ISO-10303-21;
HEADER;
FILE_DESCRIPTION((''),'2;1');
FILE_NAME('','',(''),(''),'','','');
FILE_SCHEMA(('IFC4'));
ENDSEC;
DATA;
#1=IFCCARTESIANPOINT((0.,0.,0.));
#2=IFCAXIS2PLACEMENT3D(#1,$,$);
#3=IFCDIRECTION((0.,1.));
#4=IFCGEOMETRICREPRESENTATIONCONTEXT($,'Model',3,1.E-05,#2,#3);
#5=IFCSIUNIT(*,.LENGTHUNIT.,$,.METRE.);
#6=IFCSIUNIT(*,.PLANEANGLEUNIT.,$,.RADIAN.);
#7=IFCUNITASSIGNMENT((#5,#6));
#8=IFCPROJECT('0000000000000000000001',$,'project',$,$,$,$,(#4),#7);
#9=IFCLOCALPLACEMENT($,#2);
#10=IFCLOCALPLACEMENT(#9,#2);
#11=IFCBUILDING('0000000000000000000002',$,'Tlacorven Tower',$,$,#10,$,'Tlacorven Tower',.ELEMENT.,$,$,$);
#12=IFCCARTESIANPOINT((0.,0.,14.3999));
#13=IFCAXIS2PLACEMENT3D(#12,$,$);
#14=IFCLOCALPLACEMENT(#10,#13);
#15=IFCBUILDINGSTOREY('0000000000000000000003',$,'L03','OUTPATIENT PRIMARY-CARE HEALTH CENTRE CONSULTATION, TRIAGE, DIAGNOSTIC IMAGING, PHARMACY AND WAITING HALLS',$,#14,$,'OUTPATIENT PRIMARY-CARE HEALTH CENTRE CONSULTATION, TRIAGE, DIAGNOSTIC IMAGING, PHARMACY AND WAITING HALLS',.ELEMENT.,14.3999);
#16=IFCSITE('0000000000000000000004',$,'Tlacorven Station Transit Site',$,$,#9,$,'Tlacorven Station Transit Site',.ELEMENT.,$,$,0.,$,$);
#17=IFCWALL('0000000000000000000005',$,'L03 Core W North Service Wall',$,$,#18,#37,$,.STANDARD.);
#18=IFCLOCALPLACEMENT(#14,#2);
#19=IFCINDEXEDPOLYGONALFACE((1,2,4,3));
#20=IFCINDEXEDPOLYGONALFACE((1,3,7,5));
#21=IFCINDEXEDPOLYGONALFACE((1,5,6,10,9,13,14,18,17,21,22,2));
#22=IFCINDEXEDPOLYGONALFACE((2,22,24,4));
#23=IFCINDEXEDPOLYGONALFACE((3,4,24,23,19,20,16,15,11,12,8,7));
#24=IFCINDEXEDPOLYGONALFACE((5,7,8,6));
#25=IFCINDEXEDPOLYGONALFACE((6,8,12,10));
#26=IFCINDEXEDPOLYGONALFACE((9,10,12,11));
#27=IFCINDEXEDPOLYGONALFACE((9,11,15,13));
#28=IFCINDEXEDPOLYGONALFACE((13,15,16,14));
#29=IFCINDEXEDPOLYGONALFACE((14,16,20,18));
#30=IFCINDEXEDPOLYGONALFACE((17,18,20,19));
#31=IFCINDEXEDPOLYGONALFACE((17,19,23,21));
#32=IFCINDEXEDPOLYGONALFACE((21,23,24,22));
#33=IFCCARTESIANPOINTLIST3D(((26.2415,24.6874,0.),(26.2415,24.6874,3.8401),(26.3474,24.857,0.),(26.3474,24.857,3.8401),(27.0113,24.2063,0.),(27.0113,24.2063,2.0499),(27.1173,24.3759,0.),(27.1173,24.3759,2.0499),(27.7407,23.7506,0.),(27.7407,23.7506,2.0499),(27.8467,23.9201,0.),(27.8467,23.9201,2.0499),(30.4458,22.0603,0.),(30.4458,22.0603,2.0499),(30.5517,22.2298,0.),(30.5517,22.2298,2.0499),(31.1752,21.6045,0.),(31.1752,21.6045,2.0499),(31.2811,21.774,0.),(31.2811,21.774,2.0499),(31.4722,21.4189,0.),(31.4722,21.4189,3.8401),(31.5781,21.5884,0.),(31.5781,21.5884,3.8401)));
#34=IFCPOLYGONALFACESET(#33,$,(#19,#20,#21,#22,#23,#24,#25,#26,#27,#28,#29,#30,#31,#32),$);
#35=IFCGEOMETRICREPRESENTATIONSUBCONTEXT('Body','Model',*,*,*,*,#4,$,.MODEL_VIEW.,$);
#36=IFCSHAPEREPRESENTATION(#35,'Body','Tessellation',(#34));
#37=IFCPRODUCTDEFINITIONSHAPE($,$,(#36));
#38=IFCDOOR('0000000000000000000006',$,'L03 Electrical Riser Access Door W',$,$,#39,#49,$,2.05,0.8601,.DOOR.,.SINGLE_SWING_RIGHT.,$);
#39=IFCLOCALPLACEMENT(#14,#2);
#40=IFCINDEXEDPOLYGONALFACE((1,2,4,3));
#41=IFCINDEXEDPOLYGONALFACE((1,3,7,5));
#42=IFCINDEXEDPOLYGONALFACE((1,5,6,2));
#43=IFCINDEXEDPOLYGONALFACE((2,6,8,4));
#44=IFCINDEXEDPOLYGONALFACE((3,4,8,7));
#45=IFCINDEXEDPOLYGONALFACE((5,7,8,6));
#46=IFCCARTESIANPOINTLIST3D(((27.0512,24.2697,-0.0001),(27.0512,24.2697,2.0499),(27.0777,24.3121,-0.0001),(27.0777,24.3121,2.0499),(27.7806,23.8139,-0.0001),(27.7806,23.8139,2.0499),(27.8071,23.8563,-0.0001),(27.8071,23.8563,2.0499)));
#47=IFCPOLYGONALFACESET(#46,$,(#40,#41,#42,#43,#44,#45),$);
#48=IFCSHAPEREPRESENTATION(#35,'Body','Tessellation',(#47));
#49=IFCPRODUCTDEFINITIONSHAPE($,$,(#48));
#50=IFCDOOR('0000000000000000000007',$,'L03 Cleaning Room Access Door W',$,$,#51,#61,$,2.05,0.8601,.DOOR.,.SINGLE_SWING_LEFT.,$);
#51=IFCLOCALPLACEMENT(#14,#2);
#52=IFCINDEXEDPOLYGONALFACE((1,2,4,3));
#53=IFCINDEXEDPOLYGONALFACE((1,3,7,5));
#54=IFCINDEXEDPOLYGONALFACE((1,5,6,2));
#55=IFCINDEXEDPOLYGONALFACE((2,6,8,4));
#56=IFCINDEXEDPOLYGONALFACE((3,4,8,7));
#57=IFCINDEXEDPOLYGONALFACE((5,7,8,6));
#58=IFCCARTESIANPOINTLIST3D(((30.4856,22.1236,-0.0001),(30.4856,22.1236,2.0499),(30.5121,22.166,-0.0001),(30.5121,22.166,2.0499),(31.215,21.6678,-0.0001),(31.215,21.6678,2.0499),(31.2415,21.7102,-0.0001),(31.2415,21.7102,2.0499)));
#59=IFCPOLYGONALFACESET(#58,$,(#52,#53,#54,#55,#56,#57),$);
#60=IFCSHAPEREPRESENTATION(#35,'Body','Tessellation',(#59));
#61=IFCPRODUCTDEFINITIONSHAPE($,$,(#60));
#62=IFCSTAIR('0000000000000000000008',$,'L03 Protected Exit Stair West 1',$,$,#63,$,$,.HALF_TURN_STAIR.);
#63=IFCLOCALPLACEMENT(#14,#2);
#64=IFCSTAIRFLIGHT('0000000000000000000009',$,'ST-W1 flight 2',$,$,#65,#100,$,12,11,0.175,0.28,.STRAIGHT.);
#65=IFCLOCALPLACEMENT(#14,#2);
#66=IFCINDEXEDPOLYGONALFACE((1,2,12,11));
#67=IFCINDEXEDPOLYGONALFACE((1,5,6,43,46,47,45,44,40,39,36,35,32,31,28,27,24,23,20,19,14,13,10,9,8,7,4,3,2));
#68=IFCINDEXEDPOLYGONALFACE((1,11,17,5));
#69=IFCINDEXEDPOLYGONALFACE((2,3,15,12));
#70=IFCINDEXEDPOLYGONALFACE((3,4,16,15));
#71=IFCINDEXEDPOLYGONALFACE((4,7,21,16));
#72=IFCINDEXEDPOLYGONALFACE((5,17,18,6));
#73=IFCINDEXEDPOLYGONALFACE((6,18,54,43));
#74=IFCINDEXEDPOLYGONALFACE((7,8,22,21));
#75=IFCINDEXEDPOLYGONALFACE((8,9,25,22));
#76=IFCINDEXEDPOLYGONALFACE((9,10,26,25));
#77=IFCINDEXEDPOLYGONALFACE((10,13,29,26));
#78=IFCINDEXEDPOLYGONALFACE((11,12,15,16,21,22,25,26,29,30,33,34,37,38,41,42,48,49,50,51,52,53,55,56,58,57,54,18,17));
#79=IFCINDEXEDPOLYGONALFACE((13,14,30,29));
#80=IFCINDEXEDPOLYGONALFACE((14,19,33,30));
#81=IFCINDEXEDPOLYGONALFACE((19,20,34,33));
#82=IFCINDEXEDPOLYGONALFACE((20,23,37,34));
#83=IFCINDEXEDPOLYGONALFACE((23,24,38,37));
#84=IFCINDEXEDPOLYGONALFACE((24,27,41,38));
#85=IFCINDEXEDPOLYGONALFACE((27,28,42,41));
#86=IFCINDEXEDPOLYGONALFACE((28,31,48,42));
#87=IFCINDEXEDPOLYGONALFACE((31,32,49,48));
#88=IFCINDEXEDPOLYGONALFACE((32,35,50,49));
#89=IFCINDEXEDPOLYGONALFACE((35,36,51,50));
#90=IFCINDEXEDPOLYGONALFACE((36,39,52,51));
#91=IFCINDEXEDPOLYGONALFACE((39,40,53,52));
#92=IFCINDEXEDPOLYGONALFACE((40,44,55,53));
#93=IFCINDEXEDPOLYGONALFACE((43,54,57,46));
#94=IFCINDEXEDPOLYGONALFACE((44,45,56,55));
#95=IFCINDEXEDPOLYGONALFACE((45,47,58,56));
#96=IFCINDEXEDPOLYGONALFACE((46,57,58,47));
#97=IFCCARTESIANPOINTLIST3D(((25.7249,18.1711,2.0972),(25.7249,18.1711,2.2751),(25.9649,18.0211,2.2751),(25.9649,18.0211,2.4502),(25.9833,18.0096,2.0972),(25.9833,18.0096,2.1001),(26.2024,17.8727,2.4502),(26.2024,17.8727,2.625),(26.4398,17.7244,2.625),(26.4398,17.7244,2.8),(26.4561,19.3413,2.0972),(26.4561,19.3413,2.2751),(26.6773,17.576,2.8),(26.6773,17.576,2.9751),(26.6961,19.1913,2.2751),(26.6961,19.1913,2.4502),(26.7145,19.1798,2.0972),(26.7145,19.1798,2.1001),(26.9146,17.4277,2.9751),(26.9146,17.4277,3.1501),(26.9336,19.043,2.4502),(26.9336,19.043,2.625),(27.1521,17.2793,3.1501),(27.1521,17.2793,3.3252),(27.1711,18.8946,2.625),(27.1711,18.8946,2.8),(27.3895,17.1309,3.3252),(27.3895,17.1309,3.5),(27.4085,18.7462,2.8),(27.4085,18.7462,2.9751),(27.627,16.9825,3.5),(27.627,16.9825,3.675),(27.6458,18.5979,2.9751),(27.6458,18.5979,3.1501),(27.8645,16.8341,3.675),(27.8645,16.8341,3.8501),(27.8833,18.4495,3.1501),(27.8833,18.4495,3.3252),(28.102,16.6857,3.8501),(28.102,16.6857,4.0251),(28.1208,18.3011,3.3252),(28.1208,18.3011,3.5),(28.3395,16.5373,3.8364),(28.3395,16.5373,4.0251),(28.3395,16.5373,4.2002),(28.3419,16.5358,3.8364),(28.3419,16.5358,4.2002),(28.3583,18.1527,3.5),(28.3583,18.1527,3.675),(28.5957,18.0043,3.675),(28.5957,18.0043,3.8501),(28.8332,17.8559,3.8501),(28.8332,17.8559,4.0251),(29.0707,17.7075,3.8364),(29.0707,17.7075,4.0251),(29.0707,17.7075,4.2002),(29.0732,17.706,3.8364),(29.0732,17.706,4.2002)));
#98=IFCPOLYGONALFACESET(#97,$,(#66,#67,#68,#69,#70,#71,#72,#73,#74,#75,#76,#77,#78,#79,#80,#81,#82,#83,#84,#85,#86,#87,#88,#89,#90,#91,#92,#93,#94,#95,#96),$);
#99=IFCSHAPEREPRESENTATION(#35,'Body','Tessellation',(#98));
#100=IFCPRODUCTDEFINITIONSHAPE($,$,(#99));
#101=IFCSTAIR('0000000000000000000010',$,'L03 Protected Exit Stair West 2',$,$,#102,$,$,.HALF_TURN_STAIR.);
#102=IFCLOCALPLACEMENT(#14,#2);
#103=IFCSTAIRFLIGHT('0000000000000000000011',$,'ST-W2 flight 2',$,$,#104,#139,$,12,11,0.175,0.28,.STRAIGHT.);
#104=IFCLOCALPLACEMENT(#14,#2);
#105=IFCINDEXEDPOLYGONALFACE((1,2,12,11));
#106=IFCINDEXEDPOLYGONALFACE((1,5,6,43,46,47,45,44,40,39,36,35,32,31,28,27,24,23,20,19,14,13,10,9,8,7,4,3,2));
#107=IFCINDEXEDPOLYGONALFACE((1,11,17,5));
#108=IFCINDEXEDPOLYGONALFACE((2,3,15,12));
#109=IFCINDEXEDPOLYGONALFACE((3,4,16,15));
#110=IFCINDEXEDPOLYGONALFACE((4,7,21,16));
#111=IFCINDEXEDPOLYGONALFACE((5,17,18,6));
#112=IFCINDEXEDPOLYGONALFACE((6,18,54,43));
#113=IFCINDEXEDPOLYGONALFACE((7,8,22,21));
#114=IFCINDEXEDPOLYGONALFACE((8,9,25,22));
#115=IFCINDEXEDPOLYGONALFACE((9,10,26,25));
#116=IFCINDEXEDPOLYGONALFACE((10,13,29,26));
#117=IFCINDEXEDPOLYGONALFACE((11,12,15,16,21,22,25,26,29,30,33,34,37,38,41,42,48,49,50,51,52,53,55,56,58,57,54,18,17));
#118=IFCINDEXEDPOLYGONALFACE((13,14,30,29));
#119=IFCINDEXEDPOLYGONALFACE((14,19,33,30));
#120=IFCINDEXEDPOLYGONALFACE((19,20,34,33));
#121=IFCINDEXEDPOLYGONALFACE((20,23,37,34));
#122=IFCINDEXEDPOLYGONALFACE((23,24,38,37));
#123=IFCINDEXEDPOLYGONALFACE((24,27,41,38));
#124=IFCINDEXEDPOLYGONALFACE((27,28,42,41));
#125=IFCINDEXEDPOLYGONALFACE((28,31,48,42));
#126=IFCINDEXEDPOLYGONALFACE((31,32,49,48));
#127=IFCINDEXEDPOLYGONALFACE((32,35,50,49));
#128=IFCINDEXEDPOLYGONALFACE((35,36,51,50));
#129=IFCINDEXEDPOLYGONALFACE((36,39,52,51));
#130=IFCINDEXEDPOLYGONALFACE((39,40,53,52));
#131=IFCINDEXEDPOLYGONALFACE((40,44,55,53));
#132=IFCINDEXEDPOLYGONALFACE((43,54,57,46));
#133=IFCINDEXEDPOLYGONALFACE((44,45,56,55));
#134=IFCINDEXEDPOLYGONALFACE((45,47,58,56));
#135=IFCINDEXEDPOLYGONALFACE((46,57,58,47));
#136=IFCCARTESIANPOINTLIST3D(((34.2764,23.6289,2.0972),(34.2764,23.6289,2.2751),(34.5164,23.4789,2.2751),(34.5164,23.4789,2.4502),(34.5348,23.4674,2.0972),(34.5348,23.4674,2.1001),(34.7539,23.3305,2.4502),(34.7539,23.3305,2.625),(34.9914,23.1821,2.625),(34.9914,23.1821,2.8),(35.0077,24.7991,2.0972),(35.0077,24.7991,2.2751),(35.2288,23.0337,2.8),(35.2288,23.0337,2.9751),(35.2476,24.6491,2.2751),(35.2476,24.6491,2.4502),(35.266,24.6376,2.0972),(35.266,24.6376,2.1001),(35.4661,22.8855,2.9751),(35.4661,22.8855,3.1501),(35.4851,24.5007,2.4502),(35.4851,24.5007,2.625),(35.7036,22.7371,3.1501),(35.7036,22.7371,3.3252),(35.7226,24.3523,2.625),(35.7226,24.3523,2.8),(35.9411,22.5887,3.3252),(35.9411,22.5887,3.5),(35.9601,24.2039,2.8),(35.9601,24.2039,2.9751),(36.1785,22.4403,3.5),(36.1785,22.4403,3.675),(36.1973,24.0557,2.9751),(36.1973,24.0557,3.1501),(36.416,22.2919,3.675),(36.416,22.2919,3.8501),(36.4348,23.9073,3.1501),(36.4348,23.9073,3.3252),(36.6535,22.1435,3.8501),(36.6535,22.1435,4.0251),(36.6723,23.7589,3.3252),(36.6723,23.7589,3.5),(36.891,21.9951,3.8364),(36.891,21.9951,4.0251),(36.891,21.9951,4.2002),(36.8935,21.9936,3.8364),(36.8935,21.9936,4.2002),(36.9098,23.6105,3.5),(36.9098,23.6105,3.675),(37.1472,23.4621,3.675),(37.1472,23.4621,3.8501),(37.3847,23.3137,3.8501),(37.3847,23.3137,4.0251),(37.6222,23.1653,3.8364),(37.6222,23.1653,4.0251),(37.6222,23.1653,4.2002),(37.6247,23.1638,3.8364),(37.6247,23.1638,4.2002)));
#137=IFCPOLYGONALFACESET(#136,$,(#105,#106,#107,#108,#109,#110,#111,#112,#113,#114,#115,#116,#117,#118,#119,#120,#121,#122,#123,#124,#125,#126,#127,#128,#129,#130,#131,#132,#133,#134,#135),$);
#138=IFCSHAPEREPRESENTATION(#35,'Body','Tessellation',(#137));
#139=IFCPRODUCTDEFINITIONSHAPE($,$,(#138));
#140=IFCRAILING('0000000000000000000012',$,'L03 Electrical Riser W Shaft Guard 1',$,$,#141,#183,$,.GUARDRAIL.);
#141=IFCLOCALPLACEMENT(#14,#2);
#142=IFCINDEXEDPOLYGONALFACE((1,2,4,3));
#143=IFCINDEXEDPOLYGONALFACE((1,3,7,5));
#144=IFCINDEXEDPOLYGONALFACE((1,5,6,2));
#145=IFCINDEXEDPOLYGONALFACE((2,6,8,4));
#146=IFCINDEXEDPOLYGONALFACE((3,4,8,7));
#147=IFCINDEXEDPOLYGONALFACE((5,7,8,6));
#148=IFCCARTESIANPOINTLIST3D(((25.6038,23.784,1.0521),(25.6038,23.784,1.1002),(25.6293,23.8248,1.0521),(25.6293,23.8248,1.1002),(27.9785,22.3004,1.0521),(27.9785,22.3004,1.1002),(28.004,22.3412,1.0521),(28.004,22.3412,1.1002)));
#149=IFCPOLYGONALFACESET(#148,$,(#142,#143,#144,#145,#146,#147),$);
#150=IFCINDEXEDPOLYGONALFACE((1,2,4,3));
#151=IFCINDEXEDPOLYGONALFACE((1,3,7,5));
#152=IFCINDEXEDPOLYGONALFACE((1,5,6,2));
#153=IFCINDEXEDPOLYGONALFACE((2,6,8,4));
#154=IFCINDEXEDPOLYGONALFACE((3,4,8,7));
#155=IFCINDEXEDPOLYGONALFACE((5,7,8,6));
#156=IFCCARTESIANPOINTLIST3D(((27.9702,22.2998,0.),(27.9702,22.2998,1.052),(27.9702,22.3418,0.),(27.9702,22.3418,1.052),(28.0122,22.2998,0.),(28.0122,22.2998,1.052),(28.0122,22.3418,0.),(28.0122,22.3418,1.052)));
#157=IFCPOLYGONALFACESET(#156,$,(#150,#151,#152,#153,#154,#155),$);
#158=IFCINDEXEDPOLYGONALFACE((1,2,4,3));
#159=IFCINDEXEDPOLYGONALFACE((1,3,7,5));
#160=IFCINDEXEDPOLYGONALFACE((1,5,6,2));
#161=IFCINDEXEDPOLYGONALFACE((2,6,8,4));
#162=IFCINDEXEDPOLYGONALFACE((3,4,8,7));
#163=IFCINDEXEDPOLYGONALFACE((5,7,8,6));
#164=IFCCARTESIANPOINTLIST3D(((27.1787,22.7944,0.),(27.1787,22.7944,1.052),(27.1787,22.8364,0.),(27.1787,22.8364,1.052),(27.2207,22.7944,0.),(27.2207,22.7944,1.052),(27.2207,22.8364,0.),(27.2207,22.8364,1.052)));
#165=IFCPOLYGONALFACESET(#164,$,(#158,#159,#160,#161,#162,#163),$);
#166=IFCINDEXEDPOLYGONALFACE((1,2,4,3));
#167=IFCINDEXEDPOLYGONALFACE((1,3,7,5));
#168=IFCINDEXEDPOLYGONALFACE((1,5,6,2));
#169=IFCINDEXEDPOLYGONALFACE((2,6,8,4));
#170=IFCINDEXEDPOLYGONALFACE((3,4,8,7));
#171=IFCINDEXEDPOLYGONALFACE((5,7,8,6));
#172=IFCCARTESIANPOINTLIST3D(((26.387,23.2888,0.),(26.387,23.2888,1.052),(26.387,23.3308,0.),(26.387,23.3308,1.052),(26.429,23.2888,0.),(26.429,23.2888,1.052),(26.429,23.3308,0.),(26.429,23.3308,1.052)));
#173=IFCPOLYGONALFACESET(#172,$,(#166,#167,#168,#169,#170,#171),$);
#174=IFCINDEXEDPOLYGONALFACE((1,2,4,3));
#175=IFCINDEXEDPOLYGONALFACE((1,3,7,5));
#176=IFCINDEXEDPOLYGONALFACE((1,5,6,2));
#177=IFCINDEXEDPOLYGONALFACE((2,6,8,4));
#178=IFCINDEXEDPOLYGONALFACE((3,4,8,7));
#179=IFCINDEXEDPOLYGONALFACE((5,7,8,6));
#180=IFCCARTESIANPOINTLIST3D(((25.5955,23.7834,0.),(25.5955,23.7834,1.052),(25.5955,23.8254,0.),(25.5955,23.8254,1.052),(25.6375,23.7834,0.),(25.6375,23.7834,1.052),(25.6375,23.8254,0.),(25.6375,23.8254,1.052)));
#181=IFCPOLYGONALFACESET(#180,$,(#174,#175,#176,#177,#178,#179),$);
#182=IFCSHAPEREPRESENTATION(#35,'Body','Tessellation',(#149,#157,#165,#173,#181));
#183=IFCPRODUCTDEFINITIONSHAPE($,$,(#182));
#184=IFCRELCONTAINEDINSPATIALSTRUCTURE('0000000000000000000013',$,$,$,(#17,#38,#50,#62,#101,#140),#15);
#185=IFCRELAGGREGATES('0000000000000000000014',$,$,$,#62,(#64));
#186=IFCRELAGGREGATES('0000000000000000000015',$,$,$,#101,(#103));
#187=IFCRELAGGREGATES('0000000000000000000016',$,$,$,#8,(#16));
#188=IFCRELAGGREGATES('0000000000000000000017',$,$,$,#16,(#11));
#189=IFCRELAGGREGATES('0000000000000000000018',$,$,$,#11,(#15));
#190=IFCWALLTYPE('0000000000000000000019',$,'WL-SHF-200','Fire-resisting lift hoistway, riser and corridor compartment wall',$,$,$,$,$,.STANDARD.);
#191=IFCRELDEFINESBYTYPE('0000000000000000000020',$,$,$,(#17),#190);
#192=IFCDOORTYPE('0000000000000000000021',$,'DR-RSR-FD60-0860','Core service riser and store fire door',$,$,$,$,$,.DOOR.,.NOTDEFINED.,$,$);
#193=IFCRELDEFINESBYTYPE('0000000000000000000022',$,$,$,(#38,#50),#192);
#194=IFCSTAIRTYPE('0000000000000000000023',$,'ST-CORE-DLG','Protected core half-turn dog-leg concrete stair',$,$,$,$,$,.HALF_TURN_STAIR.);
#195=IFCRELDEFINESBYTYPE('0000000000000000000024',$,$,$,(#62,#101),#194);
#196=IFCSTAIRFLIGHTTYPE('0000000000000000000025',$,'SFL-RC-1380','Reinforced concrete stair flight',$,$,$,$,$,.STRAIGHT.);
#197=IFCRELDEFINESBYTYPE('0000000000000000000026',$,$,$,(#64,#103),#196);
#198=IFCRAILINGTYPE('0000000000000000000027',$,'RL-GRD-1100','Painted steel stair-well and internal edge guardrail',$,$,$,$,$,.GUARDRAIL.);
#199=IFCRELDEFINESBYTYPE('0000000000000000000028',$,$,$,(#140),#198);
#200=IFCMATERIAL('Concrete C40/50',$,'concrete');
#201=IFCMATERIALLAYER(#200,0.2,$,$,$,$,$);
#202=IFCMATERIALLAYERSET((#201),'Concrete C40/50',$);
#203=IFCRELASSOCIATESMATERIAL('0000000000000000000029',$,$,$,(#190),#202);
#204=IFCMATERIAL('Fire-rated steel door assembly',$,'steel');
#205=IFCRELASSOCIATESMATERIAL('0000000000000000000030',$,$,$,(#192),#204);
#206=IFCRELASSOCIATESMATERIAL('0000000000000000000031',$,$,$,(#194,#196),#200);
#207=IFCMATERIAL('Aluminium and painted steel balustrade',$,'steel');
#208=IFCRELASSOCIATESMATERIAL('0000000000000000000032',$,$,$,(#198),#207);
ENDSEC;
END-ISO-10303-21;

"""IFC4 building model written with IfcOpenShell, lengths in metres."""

from ifc_helpers import new_model, si_unit, direction, frame, frame_2d, origin, origin_2d, place, context, subcontext, project, spatial, polyline, rectangle, outline, extrude, source, transform, mapped, material, layer, layer_set, type_object, element, fill, aggregate, save


model = new_model("IFC4")

# Units and contexts
model_context = context("Model", 3, precision=1e-05, world=origin(), true_north=direction((0.0, 1.0)))
body_context = subcontext(model_context, "Body", "Model", "MODEL_VIEW")
ifc_project = project(units=[si_unit("LENGTHUNIT", "METRE"), si_unit("PLANEANGLEUNIT", "RADIAN")], contexts=[model_context])

# Site, building, storey
site_placement = place(None, origin())
site = spatial("IfcSite", under=ifc_project, at=site_placement, Name="Tlacorven Station Transit Site", LongName="Tlacorven Station Transit Site", CompositionType="ELEMENT", RefElevation=0.0)
building_placement = place(site_placement, origin())
building = spatial("IfcBuilding", under=site, at=building_placement, Name="Tlacorven Tower", LongName="Tlacorven Tower", CompositionType="ELEMENT")
storey_placement = place(building_placement, frame((0.0, 0.0, 14.3999)))
storey = spatial("IfcBuildingStorey", under=building, at=storey_placement, Name="L03", Description="OUTPATIENT PRIMARY-CARE HEALTH CENTRE CONSULTATION, TRIAGE, DIAGNOSTIC IMAGING, PHARMACY AND WAITING HALLS", LongName="OUTPATIENT PRIMARY-CARE HEALTH CENTRE CONSULTATION, TRIAGE, DIAGNOSTIC IMAGING, PHARMACY AND WAITING HALLS", CompositionType="ELEMENT", Elevation=14.3999)

# Shared definitions
ifc_material_1 = material(Name="Concrete C40/50", Category="concrete")
ifc_layer_1 = layer(ifc_material_1, 0.2)
ifc_layer_set_1 = layer_set([ifc_layer_1], Name="Concrete C40/50")
wall_type_1 = type_object("IfcWallType", Name="WL-SHF-200", Description="Fire-resisting lift hoistway, riser and corridor compartment wall", PredefinedType="STANDARD", material=ifc_layer_set_1)

# Wall, openings, doors
wall_1_placement = place(storey_placement, frame((31.5251, 21.5037, 0.0), z_axis=(0.0, 0.0, 1.0), x_axis=(-0.848045, 0.529924, 0.0)))
wall_1 = element("IfcWall", 1, at=wall_1_placement, inside=storey, type_object=wall_type_1, Name="L03 Core W North Service Wall", PredefinedType="STANDARD", context=body_context, shape_type="SweptSolid", body=[
    extrude(rectangle(XDim=6.168, YDim=0.2, at=frame_2d((3.084, 0.0))), origin(), (0.0, 0.0, 1.0), 3.8401),
])
opening_1_placement = place(wall_1_placement, frame((4.3999, 0.0, 0.0)))
opening_1 = element("IfcOpeningElement", 2, at=opening_1_placement, cuts=wall_1, PredefinedType="OPENING", context=body_context, shape_type="SweptSolid", body=[
    extrude(rectangle(XDim=0.8601, YDim=2.05, at=frame_2d((0.4302, 1.0249))), frame((0.0, 0.1099, 0.0), z_axis=(0.0, -1.0, 0.0), x_axis=(1.0, 0.0, 0.0)), (0.0, 0.0, 1.0), 0.22),
])
opening_2_placement = place(wall_1_placement, frame((0.3501, 0.0, 0.0)))
opening_2 = element("IfcOpeningElement", 3, at=opening_2_placement, cuts=wall_1, PredefinedType="OPENING", context=body_context, shape_type="SweptSolid", body=[
    extrude(rectangle(XDim=0.8601, YDim=2.05, at=frame_2d((0.4302, 1.0249))), frame((0.0, 0.1099, 0.0), z_axis=(0.0, -1.0, 0.0), x_axis=(1.0, 0.0, 0.0)), (0.0, 0.0, 1.0), 0.22),
])
ifc_material_2 = material(Name="Fire-rated steel door assembly", Category="steel")
door_type_1 = type_object("IfcDoorType", Name="DR-RSR-FD60-0860", Description="Core service riser and store fire door", OperationType="NOTDEFINED", PredefinedType="DOOR", material=ifc_material_2)
shared_shape_1 = source(origin(), body_context, "Body", "SweptSolid", [
    extrude(rectangle(XDim=0.8601, YDim=2.05, at=frame_2d((0.4302, 1.0249))), frame((0.0, 0.0249, 0.0), z_axis=(0.0, -1.0, 0.0), x_axis=(1.0, 0.0, 0.0)), (0.0, 0.0, 1.0), 0.05),
])
door_1_placement = place(opening_1_placement, frame((0.8601, 0.0, 0.0), z_axis=(0.0, 0.0, 1.0), x_axis=(-1.0, 0.0, 0.0)))
door_1 = element("IfcDoor", 4, at=door_1_placement, inside=storey, type_object=door_type_1, Name="L03 Electrical Riser Access Door W", OperationType="SINGLE_SWING_RIGHT", OverallHeight=2.05, OverallWidth=0.8601, PredefinedType="DOOR", context=body_context, shape_type="MappedRepresentation", body=[
    mapped(shared_shape_1, transform((0.0, 0.0, 0.0), scale=1.0)),
])
fill(opening_1, door_1)
door_2_placement = place(opening_2_placement, frame((0.8601, 0.0, 0.0), z_axis=(0.0, 0.0, 1.0), x_axis=(-1.0, 0.0, 0.0)))
door_2 = element("IfcDoor", 5, at=door_2_placement, inside=storey, type_object=door_type_1, Name="L03 Cleaning Room Access Door W", OperationType="SINGLE_SWING_LEFT", OverallHeight=2.05, OverallWidth=0.8601, PredefinedType="DOOR", context=body_context, shape_type="MappedRepresentation", body=[
    mapped(shared_shape_1, transform((0.0, 0.0, 0.0), scale=1.0)),
])
fill(opening_2, door_2)

# Stairs, stair flights
stair_type = type_object("IfcStairType", Name="ST-CORE-DLG", Description="Protected core half-turn dog-leg concrete stair", PredefinedType="HALF_TURN_STAIR", material=ifc_material_1)
stair_1_placement = place(storey_placement, origin())
stair_1 = element("IfcStair", 6, at=stair_1_placement, inside=storey, type_object=stair_type, Name="L03 Protected Exit Stair West 1", PredefinedType="HALF_TURN_STAIR")
stair_flight_type = type_object("IfcStairFlightType", Name="SFL-RC-1380", Description="Reinforced concrete stair flight", PredefinedType="STRAIGHT", material=ifc_material_1)
shared_shape_2 = source(origin(), body_context, "Body", "SweptSolid", [
    extrude(outline(polyline([(-0.0029, -0.0029), (-0.0029, 0.175), (0.28, 0.175), (0.28, 0.3501), (0.5601, 0.3501), (0.5601, 0.5249), (0.8401, 0.5249), (0.8401, 0.7), (1.1201, 0.7), (1.1201, 0.875), (1.3999, 0.875), (1.3999, 1.05), (1.6799, 1.05), (1.6799, 1.2251), (1.96, 1.2251), (1.96, 1.3999), (2.24, 1.3999), (2.24, 1.575), (2.52, 1.575), (2.52, 1.75), (2.8, 1.75), (2.8, 1.925), (3.0801, 1.925), (3.0801, 2.1001), (3.083, 2.1001), (3.083, 1.7363), (3.0801, 1.7363), (0.3018, 0.0), (0.3018, -0.0029), (-0.0029, -0.0029)])), frame((0.0, 0.6899, 0.0), z_axis=(0.0, -1.0, 0.0), x_axis=(1.0, 0.0, 0.0)), (0.0, 0.0, 1.0), 1.3799),
])
stair_flight_1_placement = place(storey_placement, frame((26.093, 18.7546, 2.1001), z_axis=(0.0, 0.0, 1.0), x_axis=(0.848048, -0.529919, 0.0)))
stair_flight_1 = element("IfcStairFlight", 7, at=stair_flight_1_placement, type_object=stair_flight_type, Name="ST-W1 flight 2", NumberOfRisers=12, NumberOfTreads=11, PredefinedType="STRAIGHT", RiserHeight=0.175, TreadLength=0.28, context=body_context, shape_type="MappedRepresentation", body=[
    mapped(shared_shape_2, transform((0.0, 0.0, 0.0), scale=1.0)),
])
aggregate(stair_1, [stair_flight_1])
stair_2_placement = place(storey_placement, origin())
stair_2 = element("IfcStair", 8, at=stair_2_placement, inside=storey, type_object=stair_type, Name="L03 Protected Exit Stair West 2", PredefinedType="HALF_TURN_STAIR")
stair_flight_2_placement = place(storey_placement, frame((34.6445, 24.2124, 2.1001), z_axis=(0.0, 0.0, 1.0), x_axis=(0.848048, -0.529919, 0.0)))
stair_flight_2 = element("IfcStairFlight", 9, at=stair_flight_2_placement, type_object=stair_flight_type, Name="ST-W2 flight 2", NumberOfRisers=12, NumberOfTreads=11, PredefinedType="STRAIGHT", RiserHeight=0.175, TreadLength=0.28, context=body_context, shape_type="MappedRepresentation", body=[
    mapped(shared_shape_2, transform((0.0, 0.0, 0.0), scale=1.0)),
])
aggregate(stair_2, [stair_flight_2])

# Railing
ifc_material_3 = material(Name="Aluminium and painted steel balustrade", Category="steel")
railing_type_1 = type_object("IfcRailingType", Name="RL-GRD-1100", Description="Painted steel stair-well and internal edge guardrail", PredefinedType="GUARDRAIL", material=ifc_material_3)
shared_shape_3 = source(origin(), body_context, "Body", "SweptSolid", [
    extrude(rectangle(XDim=0.0481, YDim=0.0481, at=origin_2d()), frame((0.0, 0.0, 1.0762), z_axis=(-0.848091, 0.52985, 0.0), x_axis=(-0.52985, -0.848091, 0.0)), (0.0, 0.0, 1.0), 2.8),
    extrude(rectangle(XDim=0.042, YDim=0.042, at=origin_2d()), origin(), (0.0, 0.0, 1.0), 1.052),
    extrude(rectangle(XDim=0.042, YDim=0.042, at=origin_2d()), frame((-0.7915, 0.4946, 0.0)), (0.0, 0.0, 1.0), 1.052),
    extrude(rectangle(XDim=0.042, YDim=0.042, at=origin_2d()), frame((-1.5833, 0.989, 0.0)), (0.0, 0.0, 1.0), 1.052),
    extrude(rectangle(XDim=0.042, YDim=0.042, at=origin_2d()), frame((-2.3748, 1.4836, 0.0)), (0.0, 0.0, 1.0), 1.052),
])
railing_1_placement = place(storey_placement, frame((27.9912, 22.3208, 0.0)))
element("IfcRailing", 10, at=railing_1_placement, inside=storey, type_object=railing_type_1, Name="L03 Electrical Riser W Shaft Guard 1", PredefinedType="GUARDRAIL", context=body_context, shape_type="MappedRepresentation", body=[
    mapped(shared_shape_3, transform((0.0, 0.0, 0.0), scale=1.0)),
])

save(model, "model.ifc")
